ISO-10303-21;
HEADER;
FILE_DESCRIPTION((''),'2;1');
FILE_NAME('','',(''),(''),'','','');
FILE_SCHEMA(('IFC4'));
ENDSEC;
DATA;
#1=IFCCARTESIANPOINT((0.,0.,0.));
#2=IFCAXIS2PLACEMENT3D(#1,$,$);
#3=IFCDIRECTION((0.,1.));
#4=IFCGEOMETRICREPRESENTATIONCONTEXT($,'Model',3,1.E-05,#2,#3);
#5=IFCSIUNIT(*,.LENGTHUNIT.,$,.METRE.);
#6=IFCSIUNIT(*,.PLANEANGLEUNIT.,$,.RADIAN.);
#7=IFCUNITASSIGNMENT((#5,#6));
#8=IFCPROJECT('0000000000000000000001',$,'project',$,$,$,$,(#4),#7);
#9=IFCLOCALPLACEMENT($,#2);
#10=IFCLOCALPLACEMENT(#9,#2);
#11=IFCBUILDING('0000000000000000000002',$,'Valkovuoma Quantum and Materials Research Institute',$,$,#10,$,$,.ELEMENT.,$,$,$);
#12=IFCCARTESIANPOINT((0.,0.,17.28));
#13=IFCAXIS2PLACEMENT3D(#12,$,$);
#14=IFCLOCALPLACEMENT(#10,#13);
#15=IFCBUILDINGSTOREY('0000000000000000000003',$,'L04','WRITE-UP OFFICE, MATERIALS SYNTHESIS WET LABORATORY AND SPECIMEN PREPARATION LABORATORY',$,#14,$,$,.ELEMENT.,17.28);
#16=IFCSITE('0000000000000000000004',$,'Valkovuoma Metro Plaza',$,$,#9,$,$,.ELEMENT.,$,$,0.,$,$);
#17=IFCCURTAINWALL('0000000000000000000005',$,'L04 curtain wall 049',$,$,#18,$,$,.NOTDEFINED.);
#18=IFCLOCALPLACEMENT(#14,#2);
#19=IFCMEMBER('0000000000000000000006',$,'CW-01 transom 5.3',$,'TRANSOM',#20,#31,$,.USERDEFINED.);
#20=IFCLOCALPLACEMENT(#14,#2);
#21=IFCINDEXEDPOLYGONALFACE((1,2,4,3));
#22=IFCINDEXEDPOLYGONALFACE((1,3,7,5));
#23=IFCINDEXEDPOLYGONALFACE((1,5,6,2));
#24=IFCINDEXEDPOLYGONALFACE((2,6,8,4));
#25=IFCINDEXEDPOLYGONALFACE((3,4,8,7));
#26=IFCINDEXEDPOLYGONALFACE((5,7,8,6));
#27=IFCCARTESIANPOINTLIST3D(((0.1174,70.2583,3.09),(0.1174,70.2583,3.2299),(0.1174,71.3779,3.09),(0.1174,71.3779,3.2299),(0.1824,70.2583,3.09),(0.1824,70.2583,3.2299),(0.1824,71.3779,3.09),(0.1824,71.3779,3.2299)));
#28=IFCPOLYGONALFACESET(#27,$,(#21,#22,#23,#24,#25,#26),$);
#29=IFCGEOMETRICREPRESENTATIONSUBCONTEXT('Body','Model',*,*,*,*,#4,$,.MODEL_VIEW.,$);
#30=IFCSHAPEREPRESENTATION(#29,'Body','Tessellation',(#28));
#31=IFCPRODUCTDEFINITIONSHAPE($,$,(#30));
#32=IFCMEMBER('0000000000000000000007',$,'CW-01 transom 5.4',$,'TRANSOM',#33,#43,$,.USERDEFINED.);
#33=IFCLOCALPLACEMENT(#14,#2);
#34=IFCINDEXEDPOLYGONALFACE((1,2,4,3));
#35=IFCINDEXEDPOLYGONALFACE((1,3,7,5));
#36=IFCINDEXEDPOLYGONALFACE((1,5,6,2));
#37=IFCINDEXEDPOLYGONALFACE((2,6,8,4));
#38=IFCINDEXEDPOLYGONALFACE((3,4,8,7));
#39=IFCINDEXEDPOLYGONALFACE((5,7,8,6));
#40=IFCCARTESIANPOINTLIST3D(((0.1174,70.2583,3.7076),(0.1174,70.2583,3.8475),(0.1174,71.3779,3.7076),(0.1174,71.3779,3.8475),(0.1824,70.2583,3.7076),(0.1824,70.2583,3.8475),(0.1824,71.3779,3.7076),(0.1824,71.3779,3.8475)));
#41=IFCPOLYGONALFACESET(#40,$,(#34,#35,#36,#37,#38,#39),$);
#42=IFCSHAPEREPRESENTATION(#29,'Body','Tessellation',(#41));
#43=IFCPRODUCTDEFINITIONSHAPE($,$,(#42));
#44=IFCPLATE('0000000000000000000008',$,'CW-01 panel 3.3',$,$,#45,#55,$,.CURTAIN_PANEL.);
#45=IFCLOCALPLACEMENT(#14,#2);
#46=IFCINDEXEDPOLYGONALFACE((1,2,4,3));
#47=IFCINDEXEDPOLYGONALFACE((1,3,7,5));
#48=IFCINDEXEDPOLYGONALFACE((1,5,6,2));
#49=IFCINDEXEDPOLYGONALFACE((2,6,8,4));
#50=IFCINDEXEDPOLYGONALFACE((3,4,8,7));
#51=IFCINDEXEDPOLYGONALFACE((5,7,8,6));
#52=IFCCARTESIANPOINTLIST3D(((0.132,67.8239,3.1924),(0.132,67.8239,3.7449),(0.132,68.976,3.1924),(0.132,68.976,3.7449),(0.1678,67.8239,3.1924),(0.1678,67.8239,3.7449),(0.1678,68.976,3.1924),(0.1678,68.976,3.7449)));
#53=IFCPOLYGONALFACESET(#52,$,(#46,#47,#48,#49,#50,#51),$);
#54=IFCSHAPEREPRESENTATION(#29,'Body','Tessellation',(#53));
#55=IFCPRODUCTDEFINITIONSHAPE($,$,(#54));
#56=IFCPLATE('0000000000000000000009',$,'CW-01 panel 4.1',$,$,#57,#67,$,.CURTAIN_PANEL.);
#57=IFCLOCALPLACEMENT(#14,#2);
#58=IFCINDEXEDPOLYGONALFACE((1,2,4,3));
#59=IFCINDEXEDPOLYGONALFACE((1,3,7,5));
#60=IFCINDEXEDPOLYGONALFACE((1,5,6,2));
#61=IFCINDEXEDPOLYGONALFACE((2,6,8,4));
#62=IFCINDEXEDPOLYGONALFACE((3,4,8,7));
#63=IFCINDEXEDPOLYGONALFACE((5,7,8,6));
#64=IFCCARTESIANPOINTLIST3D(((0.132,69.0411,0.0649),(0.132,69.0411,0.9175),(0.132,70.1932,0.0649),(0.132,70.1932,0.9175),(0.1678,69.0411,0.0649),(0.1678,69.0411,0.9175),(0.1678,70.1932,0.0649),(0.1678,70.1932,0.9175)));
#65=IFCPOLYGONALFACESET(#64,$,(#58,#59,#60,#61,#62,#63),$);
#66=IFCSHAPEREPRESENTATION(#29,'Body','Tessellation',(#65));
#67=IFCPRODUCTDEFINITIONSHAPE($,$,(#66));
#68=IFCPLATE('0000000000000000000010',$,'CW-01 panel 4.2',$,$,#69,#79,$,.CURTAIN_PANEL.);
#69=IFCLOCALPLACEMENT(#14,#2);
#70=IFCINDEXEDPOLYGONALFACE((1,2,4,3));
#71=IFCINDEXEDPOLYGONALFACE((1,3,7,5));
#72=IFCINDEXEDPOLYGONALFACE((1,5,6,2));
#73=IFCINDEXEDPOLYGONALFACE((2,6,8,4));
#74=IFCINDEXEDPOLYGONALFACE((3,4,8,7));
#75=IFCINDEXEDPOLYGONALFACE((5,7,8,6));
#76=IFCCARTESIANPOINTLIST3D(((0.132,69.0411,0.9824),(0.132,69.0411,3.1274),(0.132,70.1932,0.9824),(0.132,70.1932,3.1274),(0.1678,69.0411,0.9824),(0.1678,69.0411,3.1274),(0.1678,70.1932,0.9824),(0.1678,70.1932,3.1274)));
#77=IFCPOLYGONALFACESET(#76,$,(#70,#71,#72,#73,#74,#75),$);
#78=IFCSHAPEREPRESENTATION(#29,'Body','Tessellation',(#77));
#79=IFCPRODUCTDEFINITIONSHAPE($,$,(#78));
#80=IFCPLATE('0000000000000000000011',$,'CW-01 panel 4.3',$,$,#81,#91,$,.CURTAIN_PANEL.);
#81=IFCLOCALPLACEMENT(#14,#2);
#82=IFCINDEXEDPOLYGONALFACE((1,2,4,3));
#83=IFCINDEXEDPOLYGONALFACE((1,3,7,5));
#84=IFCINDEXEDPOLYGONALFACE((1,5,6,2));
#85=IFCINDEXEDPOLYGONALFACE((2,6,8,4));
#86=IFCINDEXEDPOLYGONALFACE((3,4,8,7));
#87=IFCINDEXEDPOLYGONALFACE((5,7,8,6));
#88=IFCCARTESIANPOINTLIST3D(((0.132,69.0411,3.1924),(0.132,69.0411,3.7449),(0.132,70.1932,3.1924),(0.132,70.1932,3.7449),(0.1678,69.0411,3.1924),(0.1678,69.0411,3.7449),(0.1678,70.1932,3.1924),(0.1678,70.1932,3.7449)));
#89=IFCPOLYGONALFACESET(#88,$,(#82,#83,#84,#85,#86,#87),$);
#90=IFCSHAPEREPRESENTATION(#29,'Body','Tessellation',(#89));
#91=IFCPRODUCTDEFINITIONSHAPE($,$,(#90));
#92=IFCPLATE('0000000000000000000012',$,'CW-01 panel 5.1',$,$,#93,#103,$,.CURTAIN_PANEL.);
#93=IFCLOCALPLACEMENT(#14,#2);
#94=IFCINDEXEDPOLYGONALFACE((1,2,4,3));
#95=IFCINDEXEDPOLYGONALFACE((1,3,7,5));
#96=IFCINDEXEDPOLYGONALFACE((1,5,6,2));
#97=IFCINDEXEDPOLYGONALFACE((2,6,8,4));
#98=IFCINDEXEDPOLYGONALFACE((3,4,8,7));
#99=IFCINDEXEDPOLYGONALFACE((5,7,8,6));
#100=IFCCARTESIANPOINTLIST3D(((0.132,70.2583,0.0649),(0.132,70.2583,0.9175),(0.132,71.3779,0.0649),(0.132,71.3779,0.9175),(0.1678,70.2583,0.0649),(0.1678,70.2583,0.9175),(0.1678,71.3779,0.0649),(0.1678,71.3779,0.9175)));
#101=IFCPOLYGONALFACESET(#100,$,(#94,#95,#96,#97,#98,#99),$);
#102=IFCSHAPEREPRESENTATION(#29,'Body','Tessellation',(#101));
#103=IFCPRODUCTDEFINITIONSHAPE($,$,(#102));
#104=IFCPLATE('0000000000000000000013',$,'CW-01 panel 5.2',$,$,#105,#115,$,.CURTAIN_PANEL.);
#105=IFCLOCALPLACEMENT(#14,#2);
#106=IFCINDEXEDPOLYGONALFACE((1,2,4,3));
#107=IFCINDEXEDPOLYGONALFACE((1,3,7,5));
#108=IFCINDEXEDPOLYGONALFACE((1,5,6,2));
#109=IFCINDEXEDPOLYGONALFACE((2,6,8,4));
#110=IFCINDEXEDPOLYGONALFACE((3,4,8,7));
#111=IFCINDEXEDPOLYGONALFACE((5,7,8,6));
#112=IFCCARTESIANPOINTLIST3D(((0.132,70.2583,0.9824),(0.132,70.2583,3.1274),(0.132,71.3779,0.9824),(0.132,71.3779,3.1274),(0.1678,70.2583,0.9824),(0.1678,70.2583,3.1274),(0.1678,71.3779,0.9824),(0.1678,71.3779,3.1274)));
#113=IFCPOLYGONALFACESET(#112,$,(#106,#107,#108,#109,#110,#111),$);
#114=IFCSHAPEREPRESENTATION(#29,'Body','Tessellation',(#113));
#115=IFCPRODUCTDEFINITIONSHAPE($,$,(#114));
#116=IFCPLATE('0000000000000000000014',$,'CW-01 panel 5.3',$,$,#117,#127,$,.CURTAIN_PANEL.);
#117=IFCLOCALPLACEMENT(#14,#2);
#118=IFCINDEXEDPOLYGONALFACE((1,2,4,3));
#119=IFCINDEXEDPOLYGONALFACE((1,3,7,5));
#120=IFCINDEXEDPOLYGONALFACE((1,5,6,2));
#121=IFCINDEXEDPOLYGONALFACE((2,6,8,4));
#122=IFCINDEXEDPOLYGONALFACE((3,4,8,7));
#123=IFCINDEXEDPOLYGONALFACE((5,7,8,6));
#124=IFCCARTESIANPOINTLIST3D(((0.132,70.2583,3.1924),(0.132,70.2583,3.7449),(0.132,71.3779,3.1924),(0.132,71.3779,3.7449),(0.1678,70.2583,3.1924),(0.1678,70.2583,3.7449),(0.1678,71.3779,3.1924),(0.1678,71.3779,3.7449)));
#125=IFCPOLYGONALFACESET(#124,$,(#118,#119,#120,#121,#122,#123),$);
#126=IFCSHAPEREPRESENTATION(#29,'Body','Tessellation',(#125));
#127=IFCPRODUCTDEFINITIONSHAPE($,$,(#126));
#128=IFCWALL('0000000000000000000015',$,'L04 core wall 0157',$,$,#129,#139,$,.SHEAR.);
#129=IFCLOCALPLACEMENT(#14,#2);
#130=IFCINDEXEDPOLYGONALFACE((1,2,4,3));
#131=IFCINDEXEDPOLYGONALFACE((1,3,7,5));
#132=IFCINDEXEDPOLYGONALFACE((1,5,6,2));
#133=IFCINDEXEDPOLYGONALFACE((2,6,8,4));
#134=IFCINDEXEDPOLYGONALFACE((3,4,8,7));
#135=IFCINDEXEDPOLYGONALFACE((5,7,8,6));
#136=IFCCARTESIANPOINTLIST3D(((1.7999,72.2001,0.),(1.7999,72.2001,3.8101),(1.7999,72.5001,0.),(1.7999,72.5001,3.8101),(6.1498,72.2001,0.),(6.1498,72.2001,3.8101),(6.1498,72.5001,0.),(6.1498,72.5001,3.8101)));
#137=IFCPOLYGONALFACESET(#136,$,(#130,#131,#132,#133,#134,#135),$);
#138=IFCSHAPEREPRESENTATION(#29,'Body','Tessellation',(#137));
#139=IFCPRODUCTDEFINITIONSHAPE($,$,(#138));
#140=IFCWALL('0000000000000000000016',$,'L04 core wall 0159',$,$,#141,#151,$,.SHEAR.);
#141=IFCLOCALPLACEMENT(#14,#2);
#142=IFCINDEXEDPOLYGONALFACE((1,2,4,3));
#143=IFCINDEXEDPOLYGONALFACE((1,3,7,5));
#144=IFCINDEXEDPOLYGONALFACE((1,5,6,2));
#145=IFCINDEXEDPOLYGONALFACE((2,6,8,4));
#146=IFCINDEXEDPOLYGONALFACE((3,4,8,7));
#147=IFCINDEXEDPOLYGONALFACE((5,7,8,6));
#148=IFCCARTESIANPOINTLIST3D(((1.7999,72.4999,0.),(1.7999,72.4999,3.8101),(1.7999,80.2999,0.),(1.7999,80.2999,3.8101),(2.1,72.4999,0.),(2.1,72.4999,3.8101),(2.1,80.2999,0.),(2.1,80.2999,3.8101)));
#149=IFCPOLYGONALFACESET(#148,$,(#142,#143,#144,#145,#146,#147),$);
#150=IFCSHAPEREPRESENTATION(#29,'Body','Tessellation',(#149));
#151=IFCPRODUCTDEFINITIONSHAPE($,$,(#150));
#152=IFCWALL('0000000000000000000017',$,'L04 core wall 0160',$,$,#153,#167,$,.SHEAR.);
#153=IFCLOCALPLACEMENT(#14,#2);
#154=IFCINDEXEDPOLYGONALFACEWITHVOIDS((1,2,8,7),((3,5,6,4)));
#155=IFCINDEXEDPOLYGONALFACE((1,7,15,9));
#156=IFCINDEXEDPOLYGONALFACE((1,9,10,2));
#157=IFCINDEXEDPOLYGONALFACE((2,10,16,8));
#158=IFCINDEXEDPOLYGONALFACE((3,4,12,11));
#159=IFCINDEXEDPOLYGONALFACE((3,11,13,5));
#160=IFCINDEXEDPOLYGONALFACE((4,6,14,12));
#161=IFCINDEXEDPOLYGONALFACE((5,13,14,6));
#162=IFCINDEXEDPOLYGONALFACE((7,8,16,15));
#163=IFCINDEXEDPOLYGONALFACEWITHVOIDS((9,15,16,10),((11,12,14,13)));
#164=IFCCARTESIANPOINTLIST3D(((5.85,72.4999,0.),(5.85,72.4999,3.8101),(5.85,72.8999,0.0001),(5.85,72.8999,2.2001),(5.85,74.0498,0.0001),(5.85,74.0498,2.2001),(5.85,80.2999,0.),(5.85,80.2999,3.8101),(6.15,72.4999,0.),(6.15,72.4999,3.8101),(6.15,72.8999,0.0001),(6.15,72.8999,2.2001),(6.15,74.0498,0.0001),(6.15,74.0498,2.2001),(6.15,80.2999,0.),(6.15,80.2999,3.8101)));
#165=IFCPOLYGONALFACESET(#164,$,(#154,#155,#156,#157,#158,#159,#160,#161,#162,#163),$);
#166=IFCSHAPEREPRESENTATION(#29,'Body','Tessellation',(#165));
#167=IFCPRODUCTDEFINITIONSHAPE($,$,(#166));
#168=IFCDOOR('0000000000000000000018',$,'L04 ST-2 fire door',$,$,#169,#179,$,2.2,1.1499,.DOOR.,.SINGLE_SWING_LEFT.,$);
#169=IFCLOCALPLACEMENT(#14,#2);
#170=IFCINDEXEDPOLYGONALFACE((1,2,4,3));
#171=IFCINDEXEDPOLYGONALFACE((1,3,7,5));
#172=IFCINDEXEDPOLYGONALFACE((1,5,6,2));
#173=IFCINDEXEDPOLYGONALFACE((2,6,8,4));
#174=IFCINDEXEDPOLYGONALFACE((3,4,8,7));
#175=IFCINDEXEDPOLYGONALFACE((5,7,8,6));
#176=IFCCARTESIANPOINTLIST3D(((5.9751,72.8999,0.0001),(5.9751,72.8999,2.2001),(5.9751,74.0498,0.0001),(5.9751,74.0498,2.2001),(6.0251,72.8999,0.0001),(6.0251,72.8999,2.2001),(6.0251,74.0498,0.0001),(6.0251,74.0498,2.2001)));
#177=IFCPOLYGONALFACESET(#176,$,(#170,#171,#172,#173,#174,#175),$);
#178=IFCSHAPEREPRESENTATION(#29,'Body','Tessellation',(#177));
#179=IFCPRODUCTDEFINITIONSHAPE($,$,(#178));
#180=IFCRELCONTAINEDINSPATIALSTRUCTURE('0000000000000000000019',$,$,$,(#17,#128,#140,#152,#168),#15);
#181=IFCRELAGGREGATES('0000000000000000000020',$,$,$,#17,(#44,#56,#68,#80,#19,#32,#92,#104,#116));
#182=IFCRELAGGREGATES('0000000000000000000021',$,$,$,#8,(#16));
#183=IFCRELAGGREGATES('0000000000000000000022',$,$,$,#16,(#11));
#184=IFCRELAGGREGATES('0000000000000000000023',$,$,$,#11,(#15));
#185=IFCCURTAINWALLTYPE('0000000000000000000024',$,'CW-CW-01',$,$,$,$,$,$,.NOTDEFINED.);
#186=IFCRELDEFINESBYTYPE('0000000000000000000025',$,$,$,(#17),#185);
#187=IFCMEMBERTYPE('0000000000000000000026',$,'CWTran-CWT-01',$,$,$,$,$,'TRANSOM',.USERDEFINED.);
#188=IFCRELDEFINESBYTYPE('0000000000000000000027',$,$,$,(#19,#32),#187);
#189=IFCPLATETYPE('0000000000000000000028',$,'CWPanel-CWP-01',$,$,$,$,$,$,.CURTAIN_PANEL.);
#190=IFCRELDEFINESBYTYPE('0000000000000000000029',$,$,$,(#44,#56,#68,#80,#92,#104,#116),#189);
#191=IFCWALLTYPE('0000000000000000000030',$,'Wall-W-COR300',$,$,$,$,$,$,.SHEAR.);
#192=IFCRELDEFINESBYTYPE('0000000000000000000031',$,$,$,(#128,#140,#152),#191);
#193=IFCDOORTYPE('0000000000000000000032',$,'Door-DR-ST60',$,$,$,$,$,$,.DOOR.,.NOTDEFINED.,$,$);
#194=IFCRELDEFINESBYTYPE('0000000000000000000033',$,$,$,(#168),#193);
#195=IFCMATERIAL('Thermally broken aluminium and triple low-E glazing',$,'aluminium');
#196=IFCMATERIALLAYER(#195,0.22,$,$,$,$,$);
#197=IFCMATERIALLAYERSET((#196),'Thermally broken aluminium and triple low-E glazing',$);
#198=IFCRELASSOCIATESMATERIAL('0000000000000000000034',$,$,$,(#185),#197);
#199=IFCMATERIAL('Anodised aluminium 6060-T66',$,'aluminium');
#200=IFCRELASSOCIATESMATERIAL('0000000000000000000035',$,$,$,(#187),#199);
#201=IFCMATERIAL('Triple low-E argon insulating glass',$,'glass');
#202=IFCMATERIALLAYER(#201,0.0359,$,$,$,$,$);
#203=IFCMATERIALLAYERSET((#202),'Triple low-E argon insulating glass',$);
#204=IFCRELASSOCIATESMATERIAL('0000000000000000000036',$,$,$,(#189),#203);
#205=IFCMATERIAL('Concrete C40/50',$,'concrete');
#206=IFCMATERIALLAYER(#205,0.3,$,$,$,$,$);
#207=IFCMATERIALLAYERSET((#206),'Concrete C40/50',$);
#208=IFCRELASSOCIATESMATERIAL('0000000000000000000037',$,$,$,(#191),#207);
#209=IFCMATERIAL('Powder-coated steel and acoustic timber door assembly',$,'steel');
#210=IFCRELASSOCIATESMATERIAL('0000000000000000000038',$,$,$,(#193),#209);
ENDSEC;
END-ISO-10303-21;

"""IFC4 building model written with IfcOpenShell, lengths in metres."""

from ifc_helpers import new_model, si_unit, direction, frame, frame_2d, origin, origin_2d, place, context, subcontext, project, spatial, rectangle, extrude, material, layer, layer_set, material_profile, profile_set, type_object, element, fill, aggregate, save


model = new_model("IFC4")

# Units and contexts
model_context = context("Model", 3, precision=1e-05, world=origin(), true_north=direction((0.0, 1.0)))
body_context = subcontext(model_context, "Body", "Model", "MODEL_VIEW")
ifc_project = project(units=[si_unit("LENGTHUNIT", "METRE"), si_unit("PLANEANGLEUNIT", "RADIAN")], contexts=[model_context])

# Site, building, storey
site_placement = place(None, origin())
site = spatial("IfcSite", under=ifc_project, at=site_placement, Name="Valkovuoma Metro Plaza", CompositionType="ELEMENT", RefElevation=0.0)
building_placement = place(site_placement, origin())
building = spatial("IfcBuilding", under=site, at=building_placement, Name="Valkovuoma Quantum and Materials Research Institute", CompositionType="ELEMENT")
storey_placement = place(building_placement, frame((0.0, 0.0, 17.28)))
storey = spatial("IfcBuildingStorey", under=building, at=storey_placement, Name="L04", Description="WRITE-UP OFFICE, MATERIALS SYNTHESIS WET LABORATORY AND SPECIMEN PREPARATION LABORATORY", CompositionType="ELEMENT", Elevation=17.28)

# Curtain wall, members, plates
ifc_material_1 = material(Name="Thermally broken aluminium and triple low-E glazing", Category="aluminium")
ifc_layer_1 = layer(ifc_material_1, 0.22)
ifc_layer_set_1 = layer_set([ifc_layer_1], Name="Thermally broken aluminium and triple low-E glazing")
curtain_wall_type = type_object("IfcCurtainWallType", Name="CW-CW-01", PredefinedType="NOTDEFINED", material=ifc_layer_set_1)
curtain_wall_placement = place(storey_placement, origin())
curtain_wall = element("IfcCurtainWall", 1, at=curtain_wall_placement, inside=storey, type_object=curtain_wall_type, Name="L04 curtain wall 049", PredefinedType="NOTDEFINED")
ifc_material_2 = material(Name="Anodised aluminium 6060-T66", Category="aluminium")
ifc_material_profile_1 = material_profile(ifc_material_2, rectangle(XDim=0.0649, YDim=0.1399, at=origin_2d()), Name="Anodised aluminium 6060-T66")
ifc_profile_set_1 = profile_set([ifc_material_profile_1], Name="Anodised aluminium 6060-T66")
member_type_1 = type_object("IfcMemberType", Name="CWTran-CWT-01", ElementType="TRANSOM", PredefinedType="USERDEFINED", material=ifc_profile_set_1)
member_1_placement = place(storey_placement, frame((0.1499, 70.2583, 3.1599), z_axis=(0.0, 1.0, 0.0), x_axis=(-1.0, 0.0, 0.0)))
member_1 = element("IfcMember", 2, at=member_1_placement, type_object=member_type_1, Name="CW-01 transom 5.3", ObjectType="TRANSOM", PredefinedType="USERDEFINED", context=body_context, shape_type="SweptSolid", body=[
    extrude(rectangle(XDim=0.0649, YDim=0.1399, at=origin_2d()), origin(), (0.0, 0.0, 1.0), 1.1196),
])
member_2_placement = place(storey_placement, frame((0.1499, 70.2583, 3.7776), z_axis=(0.0, 1.0, 0.0), x_axis=(-1.0, 0.0, 0.0)))
member_2 = element("IfcMember", 3, at=member_2_placement, type_object=member_type_1, Name="CW-01 transom 5.4", ObjectType="TRANSOM", PredefinedType="USERDEFINED", context=body_context, shape_type="SweptSolid", body=[
    extrude(rectangle(XDim=0.0649, YDim=0.1399, at=origin_2d()), origin(), (0.0, 0.0, 1.0), 1.1196),
])
ifc_material_3 = material(Name="Triple low-E argon insulating glass", Category="glass")
ifc_layer_2 = layer(ifc_material_3, 0.0359)
ifc_layer_set_2 = layer_set([ifc_layer_2], Name="Triple low-E argon insulating glass")
plate_type = type_object("IfcPlateType", Name="CWPanel-CWP-01", PredefinedType="CURTAIN_PANEL", material=ifc_layer_set_2)
plate_1_placement = place(storey_placement, frame((0.1499, 68.3999, 3.1924), z_axis=(0.0, 0.0, 1.0), x_axis=(0.0, 1.0, 0.0)))
plate_1 = element("IfcPlate", 4, at=plate_1_placement, type_object=plate_type, Name="CW-01 panel 3.3", PredefinedType="CURTAIN_PANEL", context=body_context, shape_type="SweptSolid", body=[
    extrude(rectangle(XDim=1.1521, YDim=0.0359, at=origin_2d()), origin(), (0.0, 0.0, 1.0), 0.5525),
])
plate_2_placement = place(storey_placement, frame((0.1499, 69.6172, 0.0649), z_axis=(0.0, 0.0, 1.0), x_axis=(0.0, 1.0, 0.0)))
plate_2 = element("IfcPlate", 5, at=plate_2_placement, type_object=plate_type, Name="CW-01 panel 4.1", PredefinedType="CURTAIN_PANEL", context=body_context, shape_type="SweptSolid", body=[
    extrude(rectangle(XDim=1.1521, YDim=0.0359, at=origin_2d()), origin(), (0.0, 0.0, 1.0), 0.8525),
])
plate_3_placement = place(storey_placement, frame((0.1499, 69.6172, 0.9824), z_axis=(0.0, 0.0, 1.0), x_axis=(0.0, 1.0, 0.0)))
plate_3 = element("IfcPlate", 6, at=plate_3_placement, type_object=plate_type, Name="CW-01 panel 4.2", PredefinedType="CURTAIN_PANEL", context=body_context, shape_type="SweptSolid", body=[
    extrude(rectangle(XDim=1.1521, YDim=0.0359, at=origin_2d()), origin(), (0.0, 0.0, 1.0), 2.145),
])
plate_4_placement = place(storey_placement, frame((0.1499, 69.6172, 3.1924), z_axis=(0.0, 0.0, 1.0), x_axis=(0.0, 1.0, 0.0)))
plate_4 = element("IfcPlate", 7, at=plate_4_placement, type_object=plate_type, Name="CW-01 panel 4.3", PredefinedType="CURTAIN_PANEL", context=body_context, shape_type="SweptSolid", body=[
    extrude(rectangle(XDim=1.1521, YDim=0.0359, at=origin_2d()), origin(), (0.0, 0.0, 1.0), 0.5525),
])
plate_5_placement = place(storey_placement, frame((0.1499, 70.8181, 0.0649), z_axis=(0.0, 0.0, 1.0), x_axis=(0.0, 1.0, 0.0)))
plate_5 = element("IfcPlate", 8, at=plate_5_placement, type_object=plate_type, Name="CW-01 panel 5.1", PredefinedType="CURTAIN_PANEL", context=body_context, shape_type="SweptSolid", body=[
    extrude(rectangle(XDim=1.1196, YDim=0.0359, at=origin_2d()), origin(), (0.0, 0.0, 1.0), 0.8525),
])
plate_6_placement = place(storey_placement, frame((0.1499, 70.8181, 0.9824), z_axis=(0.0, 0.0, 1.0), x_axis=(0.0, 1.0, 0.0)))
plate_6 = element("IfcPlate", 9, at=plate_6_placement, type_object=plate_type, Name="CW-01 panel 5.2", PredefinedType="CURTAIN_PANEL", context=body_context, shape_type="SweptSolid", body=[
    extrude(rectangle(XDim=1.1196, YDim=0.0359, at=origin_2d()), origin(), (0.0, 0.0, 1.0), 2.145),
])
plate_7_placement = place(storey_placement, frame((0.1499, 70.8181, 3.1924), z_axis=(0.0, 0.0, 1.0), x_axis=(0.0, 1.0, 0.0)))
plate_7 = element("IfcPlate", 10, at=plate_7_placement, type_object=plate_type, Name="CW-01 panel 5.3", PredefinedType="CURTAIN_PANEL", context=body_context, shape_type="SweptSolid", body=[
    extrude(rectangle(XDim=1.1196, YDim=0.0359, at=origin_2d()), origin(), (0.0, 0.0, 1.0), 0.5525),
])
aggregate(curtain_wall, [plate_1, plate_2, plate_3, plate_4, member_1, member_2, plate_5, plate_6, plate_7])

# Walls
ifc_material_4 = material(Name="Concrete C40/50", Category="concrete")
ifc_layer_3 = layer(ifc_material_4, 0.3)
ifc_layer_set_3 = layer_set([ifc_layer_3], Name="Concrete C40/50")
wall_type = type_object("IfcWallType", Name="Wall-W-COR300", PredefinedType="SHEAR", material=ifc_layer_set_3)
wall_1_placement = place(storey_placement, frame((1.8, 72.3501, 0.0), z_axis=(0.0, 0.0, 1.0), x_axis=(1.0, 0.0, 0.0)))
element("IfcWall", 11, at=wall_1_placement, inside=storey, type_object=wall_type, Name="L04 core wall 0157", PredefinedType="SHEAR", context=body_context, shape_type="SweptSolid", body=[
    extrude(rectangle(XDim=4.3499, YDim=0.3, at=frame_2d((2.1748, 0.0))), origin(), (0.0, 0.0, 1.0), 3.8101),
])
wall_2_placement = place(storey_placement, frame((1.95, 72.5, 0.0), z_axis=(0.0, 0.0, 1.0), x_axis=(0.0, 1.0, 0.0)))
element("IfcWall", 12, at=wall_2_placement, inside=storey, type_object=wall_type, Name="L04 core wall 0159", PredefinedType="SHEAR", context=body_context, shape_type="SweptSolid", body=[
    extrude(rectangle(XDim=7.8, YDim=0.3, at=frame_2d((3.8999, 0.0))), origin(), (0.0, 0.0, 1.0), 3.8101),
])

# Wall, opening, door
wall_3_placement = place(storey_placement, frame((6.0, 72.5, 0.0), z_axis=(0.0, 0.0, 1.0), x_axis=(0.0, 1.0, 0.0)))
wall_3 = element("IfcWall", 13, at=wall_3_placement, inside=storey, type_object=wall_type, Name="L04 core wall 0160", PredefinedType="SHEAR", context=body_context, shape_type="SweptSolid", body=[
    extrude(rectangle(XDim=7.8, YDim=0.3, at=frame_2d((3.8999, 0.0))), origin(), (0.0, 0.0, 1.0), 3.8101),
])
opening_placement = place(wall_3_placement, frame((0.3999, 0.0, 0.0)))
opening = element("IfcOpeningElement", 14, at=opening_placement, cuts=wall_3, PredefinedType="OPENING", context=body_context, shape_type="SweptSolid", body=[
    extrude(rectangle(XDim=1.1499, YDim=2.2, at=frame_2d((0.575, 1.1001))), frame((0.0, 0.1602, 0.0), z_axis=(0.0, -1.0, 0.0), x_axis=(1.0, 0.0, 0.0)), (0.0, 0.0, 1.0), 0.3201),
])
ifc_material_5 = material(Name="Powder-coated steel and acoustic timber door assembly", Category="steel")
door_type = type_object("IfcDoorType", Name="Door-DR-ST60", OperationType="NOTDEFINED", PredefinedType="DOOR", material=ifc_material_5)
door_placement = place(opening_placement, origin())
door = element("IfcDoor", 15, at=door_placement, inside=storey, type_object=door_type, Name="L04 ST-2 fire door", OperationType="SINGLE_SWING_LEFT", OverallHeight=2.2, OverallWidth=1.1499, PredefinedType="DOOR", context=body_context, shape_type="SweptSolid", body=[
    extrude(rectangle(XDim=1.1499, YDim=2.2, at=frame_2d((0.575, 1.1001))), frame((0.0, 0.0249, 0.0), z_axis=(0.0, -1.0, 0.0), x_axis=(1.0, 0.0, 0.0)), (0.0, 0.0, 1.0), 0.05),
])
fill(opening, door)

save(model, "model.ifc")
